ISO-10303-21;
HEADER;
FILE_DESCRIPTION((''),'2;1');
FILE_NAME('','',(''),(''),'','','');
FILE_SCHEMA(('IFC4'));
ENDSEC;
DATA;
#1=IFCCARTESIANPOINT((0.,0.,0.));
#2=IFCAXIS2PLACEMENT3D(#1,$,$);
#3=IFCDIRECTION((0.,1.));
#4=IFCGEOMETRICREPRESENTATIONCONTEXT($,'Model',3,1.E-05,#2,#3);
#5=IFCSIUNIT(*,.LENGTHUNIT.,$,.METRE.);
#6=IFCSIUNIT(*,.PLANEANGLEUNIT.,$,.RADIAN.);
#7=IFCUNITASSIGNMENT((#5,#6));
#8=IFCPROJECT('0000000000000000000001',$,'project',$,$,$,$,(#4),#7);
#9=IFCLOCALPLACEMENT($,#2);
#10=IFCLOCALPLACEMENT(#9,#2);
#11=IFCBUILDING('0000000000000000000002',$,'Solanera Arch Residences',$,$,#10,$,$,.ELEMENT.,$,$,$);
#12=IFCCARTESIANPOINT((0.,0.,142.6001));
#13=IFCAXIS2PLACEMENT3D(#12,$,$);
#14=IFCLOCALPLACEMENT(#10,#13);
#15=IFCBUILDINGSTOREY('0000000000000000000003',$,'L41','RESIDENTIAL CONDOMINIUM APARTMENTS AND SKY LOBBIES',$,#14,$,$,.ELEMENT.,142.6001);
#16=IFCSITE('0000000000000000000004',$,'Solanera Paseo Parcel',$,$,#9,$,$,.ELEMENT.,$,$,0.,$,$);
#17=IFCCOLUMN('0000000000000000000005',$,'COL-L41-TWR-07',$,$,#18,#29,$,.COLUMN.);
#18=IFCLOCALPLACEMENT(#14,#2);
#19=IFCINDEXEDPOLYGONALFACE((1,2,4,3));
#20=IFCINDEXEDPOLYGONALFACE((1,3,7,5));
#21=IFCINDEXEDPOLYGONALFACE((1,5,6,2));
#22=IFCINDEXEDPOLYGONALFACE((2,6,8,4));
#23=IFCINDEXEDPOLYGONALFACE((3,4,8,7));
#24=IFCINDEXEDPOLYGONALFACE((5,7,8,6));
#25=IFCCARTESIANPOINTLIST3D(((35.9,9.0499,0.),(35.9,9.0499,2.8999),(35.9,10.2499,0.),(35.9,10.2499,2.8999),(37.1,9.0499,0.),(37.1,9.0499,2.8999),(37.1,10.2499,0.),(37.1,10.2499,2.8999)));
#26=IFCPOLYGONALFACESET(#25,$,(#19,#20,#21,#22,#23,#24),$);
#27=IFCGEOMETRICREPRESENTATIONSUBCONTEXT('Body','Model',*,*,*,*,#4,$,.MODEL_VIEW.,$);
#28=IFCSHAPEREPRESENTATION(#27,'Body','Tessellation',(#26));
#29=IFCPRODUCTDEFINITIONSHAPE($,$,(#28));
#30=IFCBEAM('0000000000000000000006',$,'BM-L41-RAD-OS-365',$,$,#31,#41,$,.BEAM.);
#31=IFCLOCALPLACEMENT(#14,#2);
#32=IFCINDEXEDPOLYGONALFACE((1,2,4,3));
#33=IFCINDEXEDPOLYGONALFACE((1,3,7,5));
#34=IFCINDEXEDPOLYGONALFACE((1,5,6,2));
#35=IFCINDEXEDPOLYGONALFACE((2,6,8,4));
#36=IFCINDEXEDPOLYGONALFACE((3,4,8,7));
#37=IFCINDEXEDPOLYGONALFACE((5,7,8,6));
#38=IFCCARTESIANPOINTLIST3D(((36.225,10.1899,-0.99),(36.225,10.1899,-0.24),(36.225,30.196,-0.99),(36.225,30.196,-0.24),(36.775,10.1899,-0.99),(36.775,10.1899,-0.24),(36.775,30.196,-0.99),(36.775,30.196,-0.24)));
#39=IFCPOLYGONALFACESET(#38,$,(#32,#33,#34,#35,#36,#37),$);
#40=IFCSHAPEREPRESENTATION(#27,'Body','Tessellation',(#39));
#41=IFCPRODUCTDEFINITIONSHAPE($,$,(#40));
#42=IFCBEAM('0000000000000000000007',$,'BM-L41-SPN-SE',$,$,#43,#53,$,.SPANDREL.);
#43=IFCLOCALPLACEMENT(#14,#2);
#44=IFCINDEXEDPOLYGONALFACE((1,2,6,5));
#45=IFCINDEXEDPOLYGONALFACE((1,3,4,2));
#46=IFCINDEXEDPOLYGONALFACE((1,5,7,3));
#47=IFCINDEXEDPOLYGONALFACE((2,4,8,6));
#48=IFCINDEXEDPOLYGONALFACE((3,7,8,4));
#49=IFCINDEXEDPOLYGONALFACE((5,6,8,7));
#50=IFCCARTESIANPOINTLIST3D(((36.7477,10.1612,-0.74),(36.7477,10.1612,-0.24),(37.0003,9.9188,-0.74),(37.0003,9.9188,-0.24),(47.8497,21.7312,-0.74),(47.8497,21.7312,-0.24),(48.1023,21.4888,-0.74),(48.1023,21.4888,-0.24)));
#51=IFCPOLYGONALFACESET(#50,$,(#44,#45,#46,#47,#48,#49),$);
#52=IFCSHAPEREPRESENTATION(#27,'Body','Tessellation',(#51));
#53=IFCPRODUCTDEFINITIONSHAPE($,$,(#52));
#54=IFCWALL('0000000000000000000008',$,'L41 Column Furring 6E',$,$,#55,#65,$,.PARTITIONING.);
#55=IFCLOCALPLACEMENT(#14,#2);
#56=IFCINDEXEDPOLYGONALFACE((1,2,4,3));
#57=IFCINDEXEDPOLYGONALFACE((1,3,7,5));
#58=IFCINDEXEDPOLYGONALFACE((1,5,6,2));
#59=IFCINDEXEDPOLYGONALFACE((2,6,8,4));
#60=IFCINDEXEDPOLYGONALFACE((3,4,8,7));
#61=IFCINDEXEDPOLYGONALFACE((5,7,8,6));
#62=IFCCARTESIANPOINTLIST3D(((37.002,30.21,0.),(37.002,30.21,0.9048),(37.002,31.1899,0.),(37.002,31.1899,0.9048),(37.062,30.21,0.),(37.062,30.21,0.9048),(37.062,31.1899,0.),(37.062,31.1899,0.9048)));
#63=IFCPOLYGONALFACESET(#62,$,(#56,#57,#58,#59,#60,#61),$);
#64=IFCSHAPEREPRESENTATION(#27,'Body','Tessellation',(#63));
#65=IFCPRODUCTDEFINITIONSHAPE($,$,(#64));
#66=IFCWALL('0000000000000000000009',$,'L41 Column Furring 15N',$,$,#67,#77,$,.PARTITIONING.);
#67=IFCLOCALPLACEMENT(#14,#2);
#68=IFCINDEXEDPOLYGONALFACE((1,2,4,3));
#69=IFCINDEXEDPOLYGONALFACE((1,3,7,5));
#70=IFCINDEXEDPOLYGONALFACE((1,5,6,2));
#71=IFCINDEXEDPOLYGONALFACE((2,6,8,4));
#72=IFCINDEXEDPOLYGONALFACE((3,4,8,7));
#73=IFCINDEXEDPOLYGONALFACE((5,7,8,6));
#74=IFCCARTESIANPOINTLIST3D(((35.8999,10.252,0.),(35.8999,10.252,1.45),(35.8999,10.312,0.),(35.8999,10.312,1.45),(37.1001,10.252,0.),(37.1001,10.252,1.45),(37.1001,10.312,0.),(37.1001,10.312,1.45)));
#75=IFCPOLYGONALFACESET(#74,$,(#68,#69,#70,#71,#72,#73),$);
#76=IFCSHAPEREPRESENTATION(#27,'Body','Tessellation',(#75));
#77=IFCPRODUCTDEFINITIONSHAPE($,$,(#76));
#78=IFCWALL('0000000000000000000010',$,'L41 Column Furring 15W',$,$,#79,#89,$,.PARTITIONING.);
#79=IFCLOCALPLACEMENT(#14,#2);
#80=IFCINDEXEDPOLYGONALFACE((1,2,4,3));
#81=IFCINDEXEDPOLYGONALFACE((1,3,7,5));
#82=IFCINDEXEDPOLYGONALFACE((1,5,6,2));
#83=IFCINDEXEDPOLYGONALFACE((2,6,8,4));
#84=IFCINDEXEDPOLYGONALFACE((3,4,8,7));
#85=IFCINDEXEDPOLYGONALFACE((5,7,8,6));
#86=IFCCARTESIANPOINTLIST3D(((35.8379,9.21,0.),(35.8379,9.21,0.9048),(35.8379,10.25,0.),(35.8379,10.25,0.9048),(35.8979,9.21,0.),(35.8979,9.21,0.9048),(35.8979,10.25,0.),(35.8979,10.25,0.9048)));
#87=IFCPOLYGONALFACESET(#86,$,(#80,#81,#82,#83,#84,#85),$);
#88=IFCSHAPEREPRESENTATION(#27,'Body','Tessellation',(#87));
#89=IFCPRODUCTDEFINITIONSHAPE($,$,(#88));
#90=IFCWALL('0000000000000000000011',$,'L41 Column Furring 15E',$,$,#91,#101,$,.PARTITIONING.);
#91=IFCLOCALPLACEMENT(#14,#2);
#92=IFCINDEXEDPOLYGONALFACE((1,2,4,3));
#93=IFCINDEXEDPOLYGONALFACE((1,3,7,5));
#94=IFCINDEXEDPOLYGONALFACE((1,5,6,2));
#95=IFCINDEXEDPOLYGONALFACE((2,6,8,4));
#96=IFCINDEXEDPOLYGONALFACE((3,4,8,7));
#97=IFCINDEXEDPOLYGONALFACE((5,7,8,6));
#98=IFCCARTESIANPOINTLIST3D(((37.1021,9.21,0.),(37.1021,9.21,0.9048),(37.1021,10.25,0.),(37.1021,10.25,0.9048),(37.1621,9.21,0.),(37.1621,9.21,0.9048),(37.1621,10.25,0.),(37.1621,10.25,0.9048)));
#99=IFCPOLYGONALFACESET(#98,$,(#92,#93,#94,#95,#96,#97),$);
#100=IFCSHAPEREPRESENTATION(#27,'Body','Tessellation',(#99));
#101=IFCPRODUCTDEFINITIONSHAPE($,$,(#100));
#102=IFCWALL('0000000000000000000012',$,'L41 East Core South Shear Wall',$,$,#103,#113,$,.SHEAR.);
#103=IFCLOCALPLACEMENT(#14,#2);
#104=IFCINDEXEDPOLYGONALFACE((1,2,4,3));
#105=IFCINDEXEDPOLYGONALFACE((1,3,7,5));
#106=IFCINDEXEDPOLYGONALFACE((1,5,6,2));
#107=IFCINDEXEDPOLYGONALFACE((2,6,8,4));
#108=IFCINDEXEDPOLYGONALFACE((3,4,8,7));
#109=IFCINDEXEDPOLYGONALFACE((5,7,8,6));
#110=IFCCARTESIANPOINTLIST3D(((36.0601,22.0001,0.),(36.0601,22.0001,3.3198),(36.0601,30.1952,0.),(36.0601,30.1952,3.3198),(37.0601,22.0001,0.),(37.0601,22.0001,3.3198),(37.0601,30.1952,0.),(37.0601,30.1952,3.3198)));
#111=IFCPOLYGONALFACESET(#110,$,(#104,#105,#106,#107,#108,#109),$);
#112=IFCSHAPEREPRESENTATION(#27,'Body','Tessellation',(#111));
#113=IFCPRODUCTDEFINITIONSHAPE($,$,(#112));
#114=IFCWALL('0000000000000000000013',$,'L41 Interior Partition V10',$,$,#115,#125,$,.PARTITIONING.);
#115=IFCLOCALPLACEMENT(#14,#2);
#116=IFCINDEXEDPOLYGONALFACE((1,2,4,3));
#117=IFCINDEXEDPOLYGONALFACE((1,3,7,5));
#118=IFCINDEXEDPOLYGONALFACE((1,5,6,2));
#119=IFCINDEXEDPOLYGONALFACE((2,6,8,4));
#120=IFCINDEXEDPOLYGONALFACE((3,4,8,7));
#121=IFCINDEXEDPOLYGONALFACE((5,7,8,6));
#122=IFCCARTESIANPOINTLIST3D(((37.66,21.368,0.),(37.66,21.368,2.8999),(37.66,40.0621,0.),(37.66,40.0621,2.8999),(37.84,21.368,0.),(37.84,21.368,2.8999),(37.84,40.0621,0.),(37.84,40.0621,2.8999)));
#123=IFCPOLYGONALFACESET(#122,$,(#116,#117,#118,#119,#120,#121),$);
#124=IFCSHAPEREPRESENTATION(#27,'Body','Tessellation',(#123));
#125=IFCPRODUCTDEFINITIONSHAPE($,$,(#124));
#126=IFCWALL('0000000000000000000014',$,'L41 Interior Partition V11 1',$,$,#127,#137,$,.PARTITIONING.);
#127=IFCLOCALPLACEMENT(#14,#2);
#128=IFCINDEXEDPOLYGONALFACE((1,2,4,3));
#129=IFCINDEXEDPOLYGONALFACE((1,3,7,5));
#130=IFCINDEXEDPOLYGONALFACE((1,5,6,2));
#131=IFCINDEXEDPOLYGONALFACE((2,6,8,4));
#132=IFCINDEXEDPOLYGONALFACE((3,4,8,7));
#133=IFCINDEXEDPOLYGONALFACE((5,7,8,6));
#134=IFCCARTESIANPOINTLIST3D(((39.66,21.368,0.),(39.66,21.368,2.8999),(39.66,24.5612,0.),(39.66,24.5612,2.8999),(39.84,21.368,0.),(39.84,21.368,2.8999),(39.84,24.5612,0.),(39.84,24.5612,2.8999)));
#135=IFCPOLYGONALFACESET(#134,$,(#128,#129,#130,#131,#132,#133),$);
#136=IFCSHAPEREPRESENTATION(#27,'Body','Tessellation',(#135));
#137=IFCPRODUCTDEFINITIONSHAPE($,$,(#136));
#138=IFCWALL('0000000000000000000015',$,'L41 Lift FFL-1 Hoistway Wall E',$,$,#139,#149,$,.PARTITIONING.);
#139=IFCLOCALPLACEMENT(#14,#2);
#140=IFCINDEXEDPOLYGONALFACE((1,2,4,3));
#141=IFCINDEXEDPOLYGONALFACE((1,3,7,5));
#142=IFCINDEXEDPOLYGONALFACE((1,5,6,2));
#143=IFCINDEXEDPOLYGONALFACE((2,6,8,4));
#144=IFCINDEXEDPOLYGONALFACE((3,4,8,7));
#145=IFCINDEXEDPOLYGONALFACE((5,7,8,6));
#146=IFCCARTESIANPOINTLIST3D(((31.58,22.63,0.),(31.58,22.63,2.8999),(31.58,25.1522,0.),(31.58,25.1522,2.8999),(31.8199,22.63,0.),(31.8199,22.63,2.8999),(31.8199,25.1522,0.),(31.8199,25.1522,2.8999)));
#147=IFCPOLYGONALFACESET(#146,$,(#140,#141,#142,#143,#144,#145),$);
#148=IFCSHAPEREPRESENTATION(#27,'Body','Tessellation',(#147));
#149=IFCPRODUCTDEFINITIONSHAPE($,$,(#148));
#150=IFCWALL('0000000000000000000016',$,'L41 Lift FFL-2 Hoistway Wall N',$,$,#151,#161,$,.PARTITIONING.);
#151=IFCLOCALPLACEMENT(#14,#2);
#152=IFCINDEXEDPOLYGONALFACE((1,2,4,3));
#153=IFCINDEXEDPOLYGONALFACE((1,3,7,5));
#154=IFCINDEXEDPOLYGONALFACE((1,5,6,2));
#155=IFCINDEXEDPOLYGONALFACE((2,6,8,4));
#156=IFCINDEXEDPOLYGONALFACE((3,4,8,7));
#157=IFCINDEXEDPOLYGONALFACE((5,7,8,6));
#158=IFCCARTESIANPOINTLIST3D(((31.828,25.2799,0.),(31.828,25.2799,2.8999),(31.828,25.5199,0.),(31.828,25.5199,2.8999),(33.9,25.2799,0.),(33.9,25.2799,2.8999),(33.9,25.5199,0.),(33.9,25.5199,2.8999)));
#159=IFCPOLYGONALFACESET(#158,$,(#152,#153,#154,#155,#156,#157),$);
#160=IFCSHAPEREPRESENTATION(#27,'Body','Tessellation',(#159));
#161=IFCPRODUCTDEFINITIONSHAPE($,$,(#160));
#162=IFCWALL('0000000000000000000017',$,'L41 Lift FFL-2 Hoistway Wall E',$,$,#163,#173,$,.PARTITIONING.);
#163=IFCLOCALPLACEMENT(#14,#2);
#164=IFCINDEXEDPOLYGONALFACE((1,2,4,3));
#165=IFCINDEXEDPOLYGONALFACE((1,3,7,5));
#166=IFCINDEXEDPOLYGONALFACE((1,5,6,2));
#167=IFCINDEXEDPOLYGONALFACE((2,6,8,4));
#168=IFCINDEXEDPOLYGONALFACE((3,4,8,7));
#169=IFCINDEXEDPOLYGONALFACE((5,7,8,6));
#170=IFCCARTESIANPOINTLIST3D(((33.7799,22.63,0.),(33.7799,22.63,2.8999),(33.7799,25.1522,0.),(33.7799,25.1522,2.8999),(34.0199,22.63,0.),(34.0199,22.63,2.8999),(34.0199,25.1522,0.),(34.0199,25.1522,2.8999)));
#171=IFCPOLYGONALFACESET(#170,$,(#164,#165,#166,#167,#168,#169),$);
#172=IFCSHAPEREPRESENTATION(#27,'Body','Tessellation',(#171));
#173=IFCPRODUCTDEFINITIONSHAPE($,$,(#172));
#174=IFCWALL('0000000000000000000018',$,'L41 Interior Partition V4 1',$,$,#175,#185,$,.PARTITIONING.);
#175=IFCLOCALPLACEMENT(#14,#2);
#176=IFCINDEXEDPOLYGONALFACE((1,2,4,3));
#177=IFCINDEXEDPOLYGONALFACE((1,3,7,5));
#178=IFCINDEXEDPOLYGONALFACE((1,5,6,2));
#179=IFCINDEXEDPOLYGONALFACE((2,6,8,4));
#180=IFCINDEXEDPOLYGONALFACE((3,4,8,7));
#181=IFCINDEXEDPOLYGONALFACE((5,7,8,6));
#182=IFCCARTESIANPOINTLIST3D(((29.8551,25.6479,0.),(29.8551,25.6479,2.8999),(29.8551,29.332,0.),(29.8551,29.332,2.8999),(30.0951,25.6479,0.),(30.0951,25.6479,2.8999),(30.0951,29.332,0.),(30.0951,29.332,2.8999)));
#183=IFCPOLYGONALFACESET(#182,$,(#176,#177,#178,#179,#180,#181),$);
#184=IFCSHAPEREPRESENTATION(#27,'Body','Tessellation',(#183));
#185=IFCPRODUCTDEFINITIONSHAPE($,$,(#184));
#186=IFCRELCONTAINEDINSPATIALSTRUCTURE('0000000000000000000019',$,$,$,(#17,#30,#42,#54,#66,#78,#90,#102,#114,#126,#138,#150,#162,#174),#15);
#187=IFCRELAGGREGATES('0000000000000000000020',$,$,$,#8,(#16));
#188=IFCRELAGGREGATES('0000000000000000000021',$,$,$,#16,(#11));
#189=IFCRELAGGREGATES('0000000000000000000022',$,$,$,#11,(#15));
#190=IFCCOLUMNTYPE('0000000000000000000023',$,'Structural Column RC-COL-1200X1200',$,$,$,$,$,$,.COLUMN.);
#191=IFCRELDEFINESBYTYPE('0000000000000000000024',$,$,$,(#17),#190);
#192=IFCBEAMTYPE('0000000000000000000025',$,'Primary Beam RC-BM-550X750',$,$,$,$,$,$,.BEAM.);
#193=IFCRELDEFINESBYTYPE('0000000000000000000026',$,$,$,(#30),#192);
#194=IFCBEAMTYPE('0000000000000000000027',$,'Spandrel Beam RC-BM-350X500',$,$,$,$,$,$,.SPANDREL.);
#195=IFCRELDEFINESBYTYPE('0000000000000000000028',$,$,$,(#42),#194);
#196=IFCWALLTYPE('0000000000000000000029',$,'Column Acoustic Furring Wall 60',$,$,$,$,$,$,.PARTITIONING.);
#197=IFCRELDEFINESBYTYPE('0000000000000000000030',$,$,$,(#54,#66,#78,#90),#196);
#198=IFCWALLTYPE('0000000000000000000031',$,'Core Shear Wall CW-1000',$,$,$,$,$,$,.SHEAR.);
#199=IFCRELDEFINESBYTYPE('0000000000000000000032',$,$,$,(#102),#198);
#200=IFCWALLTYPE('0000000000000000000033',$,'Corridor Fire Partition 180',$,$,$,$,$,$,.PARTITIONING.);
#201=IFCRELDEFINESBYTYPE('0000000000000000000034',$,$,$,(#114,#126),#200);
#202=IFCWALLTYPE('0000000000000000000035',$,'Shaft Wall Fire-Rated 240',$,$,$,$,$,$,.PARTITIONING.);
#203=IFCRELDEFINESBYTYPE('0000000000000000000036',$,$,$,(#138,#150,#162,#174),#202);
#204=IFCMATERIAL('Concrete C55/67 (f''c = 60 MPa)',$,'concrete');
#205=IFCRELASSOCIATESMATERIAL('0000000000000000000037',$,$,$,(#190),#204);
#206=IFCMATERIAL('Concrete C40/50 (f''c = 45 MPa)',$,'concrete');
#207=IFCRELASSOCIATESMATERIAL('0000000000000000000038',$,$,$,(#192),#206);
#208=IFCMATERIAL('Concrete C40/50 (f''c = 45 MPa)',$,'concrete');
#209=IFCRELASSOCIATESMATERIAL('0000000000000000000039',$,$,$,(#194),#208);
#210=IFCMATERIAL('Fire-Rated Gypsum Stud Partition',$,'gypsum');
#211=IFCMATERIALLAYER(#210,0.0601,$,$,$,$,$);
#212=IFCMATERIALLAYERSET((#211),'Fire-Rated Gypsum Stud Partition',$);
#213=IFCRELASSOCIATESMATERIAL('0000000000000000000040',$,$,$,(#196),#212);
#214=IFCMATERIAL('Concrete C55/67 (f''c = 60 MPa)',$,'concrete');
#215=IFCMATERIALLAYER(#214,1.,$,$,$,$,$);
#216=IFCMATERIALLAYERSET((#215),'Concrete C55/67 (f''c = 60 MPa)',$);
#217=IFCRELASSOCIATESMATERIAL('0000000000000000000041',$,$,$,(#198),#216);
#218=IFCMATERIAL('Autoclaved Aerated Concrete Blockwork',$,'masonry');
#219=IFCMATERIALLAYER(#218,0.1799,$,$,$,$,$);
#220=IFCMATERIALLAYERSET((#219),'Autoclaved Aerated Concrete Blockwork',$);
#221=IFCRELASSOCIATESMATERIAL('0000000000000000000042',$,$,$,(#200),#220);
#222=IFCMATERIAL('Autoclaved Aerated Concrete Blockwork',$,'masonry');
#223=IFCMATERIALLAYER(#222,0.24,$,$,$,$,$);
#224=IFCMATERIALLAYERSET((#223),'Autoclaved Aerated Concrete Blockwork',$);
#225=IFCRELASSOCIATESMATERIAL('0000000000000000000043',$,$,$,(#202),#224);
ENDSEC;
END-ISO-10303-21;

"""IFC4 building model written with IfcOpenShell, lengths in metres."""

from ifc_helpers import new_model, si_unit, direction, frame, frame_2d, origin, origin_2d, place, context, subcontext, project, spatial, rectangle, extrude, material, layer, layer_set, material_profile, profile_set, type_object, element, save


model = new_model("IFC4")

# Units and contexts
model_context = context("Model", 3, precision=1e-05, world=origin(), true_north=direction((0.0, 1.0)))
body_context = subcontext(model_context, "Body", "Model", "MODEL_VIEW")
ifc_project = project(units=[si_unit("LENGTHUNIT", "METRE"), si_unit("PLANEANGLEUNIT", "RADIAN")], contexts=[model_context])

# Site, building, storey
site_placement = place(None, origin())
site = spatial("IfcSite", under=ifc_project, at=site_placement, Name="Solanera Paseo Parcel", CompositionType="ELEMENT", RefElevation=0.0)
building_placement = place(site_placement, origin())
building = spatial("IfcBuilding", under=site, at=building_placement, Name="Solanera Arch Residences", CompositionType="ELEMENT")
storey_placement = place(building_placement, frame((0.0, 0.0, 142.6001)))
storey = spatial("IfcBuildingStorey", under=building, at=storey_placement, Name="L41", Description="RESIDENTIAL CONDOMINIUM APARTMENTS AND SKY LOBBIES", CompositionType="ELEMENT", Elevation=142.6001)

# Column
ifc_material_1 = material(Name="Concrete C55/67 (f'c = 60 MPa)", Category="concrete")
ifc_material_profile_1 = material_profile(ifc_material_1, rectangle(XDim=1.2, YDim=1.2, at=origin_2d()))
ifc_profile_set_1 = profile_set([ifc_material_profile_1], Name="Concrete C55/67 (f'c = 60 MPa)")
column_type = type_object("IfcColumnType", Name="Structural Column RC-COL-1200X1200", PredefinedType="COLUMN", material=ifc_profile_set_1)
column_placement = place(storey_placement, frame((36.5, 9.6499, 0.0), z_axis=(0.0, 0.0, 1.0), x_axis=(1.0, 0.0, 0.0)))
element("IfcColumn", 1, at=column_placement, inside=storey, type_object=column_type, Name="COL-L41-TWR-07", PredefinedType="COLUMN", context=body_context, shape_type="SweptSolid", body=[
    extrude(rectangle(XDim=1.2, YDim=1.2, at=origin_2d()), origin(), (0.0, 0.0, 1.0), 2.8999),
])

# Beams
ifc_material_2 = material(Name="Concrete C40/50 (f'c = 45 MPa)", Category="concrete")
ifc_material_profile_2 = material_profile(ifc_material_2, rectangle(XDim=0.55, YDim=0.75, at=origin_2d()))
ifc_profile_set_2 = profile_set([ifc_material_profile_2], Name="Concrete C40/50 (f'c = 45 MPa)")
beam_type_1 = type_object("IfcBeamType", Name="Primary Beam RC-BM-550X750", PredefinedType="BEAM", material=ifc_profile_set_2)
beam_1_placement = place(storey_placement, frame((36.5, 10.1899, -0.615), z_axis=(0.0, 1.0, 0.0), x_axis=(-1.0, 0.0, 0.0)))
element("IfcBeam", 2, at=beam_1_placement, inside=storey, type_object=beam_type_1, Name="BM-L41-RAD-OS-365", PredefinedType="BEAM", context=body_context, shape_type="SweptSolid", body=[
    extrude(rectangle(XDim=0.55, YDim=0.75, at=origin_2d()), origin(), (0.0, 0.0, 1.0), 20.0061),
])
ifc_material_3 = material(Name="Concrete C40/50 (f'c = 45 MPa)", Category="concrete")
ifc_material_profile_3 = material_profile(ifc_material_3, rectangle(XDim=0.3501, YDim=0.5, at=origin_2d()))
ifc_profile_set_3 = profile_set([ifc_material_profile_3], Name="Concrete C40/50 (f'c = 45 MPa)")
beam_type_2 = type_object("IfcBeamType", Name="Spandrel Beam RC-BM-350X500", PredefinedType="SPANDREL", material=ifc_profile_set_3)
beam_2_placement = place(storey_placement, frame((36.874, 10.04, -0.49), z_axis=(0.692363, 0.72155, 0.0), x_axis=(-0.72155, 0.692363, 0.0)))
element("IfcBeam", 3, at=beam_2_placement, inside=storey, type_object=beam_type_2, Name="BM-L41-SPN-SE", PredefinedType="SPANDREL", context=body_context, shape_type="SweptSolid", body=[
    extrude(rectangle(XDim=0.3501, YDim=0.5, at=origin_2d()), origin(), (0.0, 0.0, 1.0), 16.0349),
])

# Walls
ifc_material_4 = material(Name="Fire-Rated Gypsum Stud Partition", Category="gypsum")
ifc_layer_1 = layer(ifc_material_4, 0.0601)
ifc_layer_set_1 = layer_set([ifc_layer_1], Name="Fire-Rated Gypsum Stud Partition")
wall_type_1 = type_object("IfcWallType", Name="Column Acoustic Furring Wall 60", PredefinedType="PARTITIONING", material=ifc_layer_set_1)
wall_1_placement = place(storey_placement, frame((37.032, 30.21, 0.0), z_axis=(0.0, 0.0, 1.0), x_axis=(0.0, 1.0, 0.0)))
element("IfcWall", 4, at=wall_1_placement, inside=storey, type_object=wall_type_1, Name="L41 Column Furring 6E", PredefinedType="PARTITIONING", context=body_context, shape_type="SweptSolid", body=[
    extrude(rectangle(XDim=0.98, YDim=0.0601, at=frame_2d((0.49, 0.0))), origin(), (0.0, 0.0, 1.0), 0.9048),
])
wall_2_placement = place(storey_placement, frame((35.8999, 10.282, 0.0), z_axis=(0.0, 0.0, 1.0), x_axis=(1.0, 0.0, 0.0)))
element("IfcWall", 5, at=wall_2_placement, inside=storey, type_object=wall_type_1, Name="L41 Column Furring 15N", PredefinedType="PARTITIONING", context=body_context, shape_type="SweptSolid", body=[
    extrude(rectangle(XDim=1.2002, YDim=0.0601, at=frame_2d((0.6001, 0.0))), origin(), (0.0, 0.0, 1.0), 1.45),
])
for number, where, z_axis, x_axis, name in (
    (6, (35.8679, 9.21, 0.0), (0.0, 0.0, 1.0), (0.0, 1.0, 0.0), "L41 Column Furring 15W"),
    (7, (37.1321, 9.21, 0.0), (0.0, 0.0, 1.0), (0.0, 1.0, 0.0), "L41 Column Furring 15E"),
):
    element("IfcWall", number, at=place(storey_placement, frame(where, z_axis=z_axis, x_axis=x_axis)), inside=storey, type_object=wall_type_1, Name=name, PredefinedType="PARTITIONING", context=body_context, shape_type="SweptSolid", body=[
        extrude(rectangle(XDim=1.04, YDim=0.0601, at=frame_2d((0.52, 0.0))), origin(), (0.0, 0.0, 1.0), 0.9048),
    ])
ifc_material_5 = material(Name="Concrete C55/67 (f'c = 60 MPa)", Category="concrete")
ifc_layer_2 = layer(ifc_material_5, 1.0)
ifc_layer_set_2 = layer_set([ifc_layer_2], Name="Concrete C55/67 (f'c = 60 MPa)")
wall_type_2 = type_object("IfcWallType", Name="Core Shear Wall CW-1000", PredefinedType="SHEAR", material=ifc_layer_set_2)
wall_3_placement = place(storey_placement, frame((36.5601, 22.0, 0.0), z_axis=(0.0, 0.0, 1.0), x_axis=(0.0, 1.0, 0.0)))
element("IfcWall", 8, at=wall_3_placement, inside=storey, type_object=wall_type_2, Name="L41 East Core South Shear Wall", PredefinedType="SHEAR", context=body_context, shape_type="SweptSolid", body=[
    extrude(rectangle(XDim=8.1951, YDim=1.0, at=frame_2d((4.0977, 0.0))), origin(), (0.0, 0.0, 1.0), 3.3198),
])
ifc_material_6 = material(Name="Autoclaved Aerated Concrete Blockwork", Category="masonry")
ifc_layer_3 = layer(ifc_material_6, 0.1799)
ifc_layer_set_3 = layer_set([ifc_layer_3], Name="Autoclaved Aerated Concrete Blockwork")
wall_type_3 = type_object("IfcWallType", Name="Corridor Fire Partition 180", PredefinedType="PARTITIONING", material=ifc_layer_set_3)
wall_4_placement = place(storey_placement, frame((37.75, 21.3679, 0.0), z_axis=(0.0, 0.0, 1.0), x_axis=(0.0, 1.0, 0.0)))
element("IfcWall", 9, at=wall_4_placement, inside=storey, type_object=wall_type_3, Name="L41 Interior Partition V10", PredefinedType="PARTITIONING", context=body_context, shape_type="SweptSolid", body=[
    extrude(rectangle(XDim=18.6941, YDim=0.1799, at=frame_2d((9.3472, 0.0))), origin(), (0.0, 0.0, 1.0), 2.8999),
])
wall_5_placement = place(storey_placement, frame((39.75, 21.3679, 0.0), z_axis=(0.0, 0.0, 1.0), x_axis=(0.0, 1.0, 0.0)))
element("IfcWall", 10, at=wall_5_placement, inside=storey, type_object=wall_type_3, Name="L41 Interior Partition V11 1", PredefinedType="PARTITIONING", context=body_context, shape_type="SweptSolid", body=[
    extrude(rectangle(XDim=3.1931, YDim=0.1799, at=frame_2d((1.5967, 0.0))), origin(), (0.0, 0.0, 1.0), 2.8999),
])
ifc_material_7 = material(Name="Autoclaved Aerated Concrete Blockwork", Category="masonry")
ifc_layer_4 = layer(ifc_material_7, 0.24)
ifc_layer_set_4 = layer_set([ifc_layer_4], Name="Autoclaved Aerated Concrete Blockwork")
wall_type_4 = type_object("IfcWallType", Name="Shaft Wall Fire-Rated 240", PredefinedType="PARTITIONING", material=ifc_layer_set_4)
wall_6_placement = place(storey_placement, frame((31.7, 22.6299, 0.0), z_axis=(0.0, 0.0, 1.0), x_axis=(0.0, 1.0, 0.0)))
element("IfcWall", 11, at=wall_6_placement, inside=storey, type_object=wall_type_4, Name="L41 Lift FFL-1 Hoistway Wall E", PredefinedType="PARTITIONING", context=body_context, shape_type="SweptSolid", body=[
    extrude(rectangle(XDim=2.5222, YDim=0.24, at=frame_2d((1.2612, 0.0))), origin(), (0.0, 0.0, 1.0), 2.8999),
])
wall_7_placement = place(storey_placement, frame((31.8279, 25.3999, 0.0), z_axis=(0.0, 0.0, 1.0), x_axis=(1.0, 0.0, 0.0)))
element("IfcWall", 12, at=wall_7_placement, inside=storey, type_object=wall_type_4, Name="L41 Lift FFL-2 Hoistway Wall N", PredefinedType="PARTITIONING", context=body_context, shape_type="SweptSolid", body=[
    extrude(rectangle(XDim=2.072, YDim=0.24, at=frame_2d((1.0361, 0.0))), origin(), (0.0, 0.0, 1.0), 2.8999),
])
wall_8_placement = place(storey_placement, frame((33.8999, 22.6299, 0.0), z_axis=(0.0, 0.0, 1.0), x_axis=(0.0, 1.0, 0.0)))
element("IfcWall", 13, at=wall_8_placement, inside=storey, type_object=wall_type_4, Name="L41 Lift FFL-2 Hoistway Wall E", PredefinedType="PARTITIONING", context=body_context, shape_type="SweptSolid", body=[
    extrude(rectangle(XDim=2.5222, YDim=0.24, at=frame_2d((1.2612, 0.0))), origin(), (0.0, 0.0, 1.0), 2.8999),
])
wall_9_placement = place(storey_placement, frame((29.9751, 25.6479, 0.0), z_axis=(0.0, 0.0, 1.0), x_axis=(0.0, 1.0, 0.0)))
element("IfcWall", 14, at=wall_9_placement, inside=storey, type_object=wall_type_4, Name="L41 Interior Partition V4 1", PredefinedType="PARTITIONING", context=body_context, shape_type="SweptSolid", body=[
    extrude(rectangle(XDim=3.6841, YDim=0.24, at=frame_2d((1.842, 0.0))), origin(), (0.0, 0.0, 1.0), 2.8999),
])

save(model, "model.ifc")
